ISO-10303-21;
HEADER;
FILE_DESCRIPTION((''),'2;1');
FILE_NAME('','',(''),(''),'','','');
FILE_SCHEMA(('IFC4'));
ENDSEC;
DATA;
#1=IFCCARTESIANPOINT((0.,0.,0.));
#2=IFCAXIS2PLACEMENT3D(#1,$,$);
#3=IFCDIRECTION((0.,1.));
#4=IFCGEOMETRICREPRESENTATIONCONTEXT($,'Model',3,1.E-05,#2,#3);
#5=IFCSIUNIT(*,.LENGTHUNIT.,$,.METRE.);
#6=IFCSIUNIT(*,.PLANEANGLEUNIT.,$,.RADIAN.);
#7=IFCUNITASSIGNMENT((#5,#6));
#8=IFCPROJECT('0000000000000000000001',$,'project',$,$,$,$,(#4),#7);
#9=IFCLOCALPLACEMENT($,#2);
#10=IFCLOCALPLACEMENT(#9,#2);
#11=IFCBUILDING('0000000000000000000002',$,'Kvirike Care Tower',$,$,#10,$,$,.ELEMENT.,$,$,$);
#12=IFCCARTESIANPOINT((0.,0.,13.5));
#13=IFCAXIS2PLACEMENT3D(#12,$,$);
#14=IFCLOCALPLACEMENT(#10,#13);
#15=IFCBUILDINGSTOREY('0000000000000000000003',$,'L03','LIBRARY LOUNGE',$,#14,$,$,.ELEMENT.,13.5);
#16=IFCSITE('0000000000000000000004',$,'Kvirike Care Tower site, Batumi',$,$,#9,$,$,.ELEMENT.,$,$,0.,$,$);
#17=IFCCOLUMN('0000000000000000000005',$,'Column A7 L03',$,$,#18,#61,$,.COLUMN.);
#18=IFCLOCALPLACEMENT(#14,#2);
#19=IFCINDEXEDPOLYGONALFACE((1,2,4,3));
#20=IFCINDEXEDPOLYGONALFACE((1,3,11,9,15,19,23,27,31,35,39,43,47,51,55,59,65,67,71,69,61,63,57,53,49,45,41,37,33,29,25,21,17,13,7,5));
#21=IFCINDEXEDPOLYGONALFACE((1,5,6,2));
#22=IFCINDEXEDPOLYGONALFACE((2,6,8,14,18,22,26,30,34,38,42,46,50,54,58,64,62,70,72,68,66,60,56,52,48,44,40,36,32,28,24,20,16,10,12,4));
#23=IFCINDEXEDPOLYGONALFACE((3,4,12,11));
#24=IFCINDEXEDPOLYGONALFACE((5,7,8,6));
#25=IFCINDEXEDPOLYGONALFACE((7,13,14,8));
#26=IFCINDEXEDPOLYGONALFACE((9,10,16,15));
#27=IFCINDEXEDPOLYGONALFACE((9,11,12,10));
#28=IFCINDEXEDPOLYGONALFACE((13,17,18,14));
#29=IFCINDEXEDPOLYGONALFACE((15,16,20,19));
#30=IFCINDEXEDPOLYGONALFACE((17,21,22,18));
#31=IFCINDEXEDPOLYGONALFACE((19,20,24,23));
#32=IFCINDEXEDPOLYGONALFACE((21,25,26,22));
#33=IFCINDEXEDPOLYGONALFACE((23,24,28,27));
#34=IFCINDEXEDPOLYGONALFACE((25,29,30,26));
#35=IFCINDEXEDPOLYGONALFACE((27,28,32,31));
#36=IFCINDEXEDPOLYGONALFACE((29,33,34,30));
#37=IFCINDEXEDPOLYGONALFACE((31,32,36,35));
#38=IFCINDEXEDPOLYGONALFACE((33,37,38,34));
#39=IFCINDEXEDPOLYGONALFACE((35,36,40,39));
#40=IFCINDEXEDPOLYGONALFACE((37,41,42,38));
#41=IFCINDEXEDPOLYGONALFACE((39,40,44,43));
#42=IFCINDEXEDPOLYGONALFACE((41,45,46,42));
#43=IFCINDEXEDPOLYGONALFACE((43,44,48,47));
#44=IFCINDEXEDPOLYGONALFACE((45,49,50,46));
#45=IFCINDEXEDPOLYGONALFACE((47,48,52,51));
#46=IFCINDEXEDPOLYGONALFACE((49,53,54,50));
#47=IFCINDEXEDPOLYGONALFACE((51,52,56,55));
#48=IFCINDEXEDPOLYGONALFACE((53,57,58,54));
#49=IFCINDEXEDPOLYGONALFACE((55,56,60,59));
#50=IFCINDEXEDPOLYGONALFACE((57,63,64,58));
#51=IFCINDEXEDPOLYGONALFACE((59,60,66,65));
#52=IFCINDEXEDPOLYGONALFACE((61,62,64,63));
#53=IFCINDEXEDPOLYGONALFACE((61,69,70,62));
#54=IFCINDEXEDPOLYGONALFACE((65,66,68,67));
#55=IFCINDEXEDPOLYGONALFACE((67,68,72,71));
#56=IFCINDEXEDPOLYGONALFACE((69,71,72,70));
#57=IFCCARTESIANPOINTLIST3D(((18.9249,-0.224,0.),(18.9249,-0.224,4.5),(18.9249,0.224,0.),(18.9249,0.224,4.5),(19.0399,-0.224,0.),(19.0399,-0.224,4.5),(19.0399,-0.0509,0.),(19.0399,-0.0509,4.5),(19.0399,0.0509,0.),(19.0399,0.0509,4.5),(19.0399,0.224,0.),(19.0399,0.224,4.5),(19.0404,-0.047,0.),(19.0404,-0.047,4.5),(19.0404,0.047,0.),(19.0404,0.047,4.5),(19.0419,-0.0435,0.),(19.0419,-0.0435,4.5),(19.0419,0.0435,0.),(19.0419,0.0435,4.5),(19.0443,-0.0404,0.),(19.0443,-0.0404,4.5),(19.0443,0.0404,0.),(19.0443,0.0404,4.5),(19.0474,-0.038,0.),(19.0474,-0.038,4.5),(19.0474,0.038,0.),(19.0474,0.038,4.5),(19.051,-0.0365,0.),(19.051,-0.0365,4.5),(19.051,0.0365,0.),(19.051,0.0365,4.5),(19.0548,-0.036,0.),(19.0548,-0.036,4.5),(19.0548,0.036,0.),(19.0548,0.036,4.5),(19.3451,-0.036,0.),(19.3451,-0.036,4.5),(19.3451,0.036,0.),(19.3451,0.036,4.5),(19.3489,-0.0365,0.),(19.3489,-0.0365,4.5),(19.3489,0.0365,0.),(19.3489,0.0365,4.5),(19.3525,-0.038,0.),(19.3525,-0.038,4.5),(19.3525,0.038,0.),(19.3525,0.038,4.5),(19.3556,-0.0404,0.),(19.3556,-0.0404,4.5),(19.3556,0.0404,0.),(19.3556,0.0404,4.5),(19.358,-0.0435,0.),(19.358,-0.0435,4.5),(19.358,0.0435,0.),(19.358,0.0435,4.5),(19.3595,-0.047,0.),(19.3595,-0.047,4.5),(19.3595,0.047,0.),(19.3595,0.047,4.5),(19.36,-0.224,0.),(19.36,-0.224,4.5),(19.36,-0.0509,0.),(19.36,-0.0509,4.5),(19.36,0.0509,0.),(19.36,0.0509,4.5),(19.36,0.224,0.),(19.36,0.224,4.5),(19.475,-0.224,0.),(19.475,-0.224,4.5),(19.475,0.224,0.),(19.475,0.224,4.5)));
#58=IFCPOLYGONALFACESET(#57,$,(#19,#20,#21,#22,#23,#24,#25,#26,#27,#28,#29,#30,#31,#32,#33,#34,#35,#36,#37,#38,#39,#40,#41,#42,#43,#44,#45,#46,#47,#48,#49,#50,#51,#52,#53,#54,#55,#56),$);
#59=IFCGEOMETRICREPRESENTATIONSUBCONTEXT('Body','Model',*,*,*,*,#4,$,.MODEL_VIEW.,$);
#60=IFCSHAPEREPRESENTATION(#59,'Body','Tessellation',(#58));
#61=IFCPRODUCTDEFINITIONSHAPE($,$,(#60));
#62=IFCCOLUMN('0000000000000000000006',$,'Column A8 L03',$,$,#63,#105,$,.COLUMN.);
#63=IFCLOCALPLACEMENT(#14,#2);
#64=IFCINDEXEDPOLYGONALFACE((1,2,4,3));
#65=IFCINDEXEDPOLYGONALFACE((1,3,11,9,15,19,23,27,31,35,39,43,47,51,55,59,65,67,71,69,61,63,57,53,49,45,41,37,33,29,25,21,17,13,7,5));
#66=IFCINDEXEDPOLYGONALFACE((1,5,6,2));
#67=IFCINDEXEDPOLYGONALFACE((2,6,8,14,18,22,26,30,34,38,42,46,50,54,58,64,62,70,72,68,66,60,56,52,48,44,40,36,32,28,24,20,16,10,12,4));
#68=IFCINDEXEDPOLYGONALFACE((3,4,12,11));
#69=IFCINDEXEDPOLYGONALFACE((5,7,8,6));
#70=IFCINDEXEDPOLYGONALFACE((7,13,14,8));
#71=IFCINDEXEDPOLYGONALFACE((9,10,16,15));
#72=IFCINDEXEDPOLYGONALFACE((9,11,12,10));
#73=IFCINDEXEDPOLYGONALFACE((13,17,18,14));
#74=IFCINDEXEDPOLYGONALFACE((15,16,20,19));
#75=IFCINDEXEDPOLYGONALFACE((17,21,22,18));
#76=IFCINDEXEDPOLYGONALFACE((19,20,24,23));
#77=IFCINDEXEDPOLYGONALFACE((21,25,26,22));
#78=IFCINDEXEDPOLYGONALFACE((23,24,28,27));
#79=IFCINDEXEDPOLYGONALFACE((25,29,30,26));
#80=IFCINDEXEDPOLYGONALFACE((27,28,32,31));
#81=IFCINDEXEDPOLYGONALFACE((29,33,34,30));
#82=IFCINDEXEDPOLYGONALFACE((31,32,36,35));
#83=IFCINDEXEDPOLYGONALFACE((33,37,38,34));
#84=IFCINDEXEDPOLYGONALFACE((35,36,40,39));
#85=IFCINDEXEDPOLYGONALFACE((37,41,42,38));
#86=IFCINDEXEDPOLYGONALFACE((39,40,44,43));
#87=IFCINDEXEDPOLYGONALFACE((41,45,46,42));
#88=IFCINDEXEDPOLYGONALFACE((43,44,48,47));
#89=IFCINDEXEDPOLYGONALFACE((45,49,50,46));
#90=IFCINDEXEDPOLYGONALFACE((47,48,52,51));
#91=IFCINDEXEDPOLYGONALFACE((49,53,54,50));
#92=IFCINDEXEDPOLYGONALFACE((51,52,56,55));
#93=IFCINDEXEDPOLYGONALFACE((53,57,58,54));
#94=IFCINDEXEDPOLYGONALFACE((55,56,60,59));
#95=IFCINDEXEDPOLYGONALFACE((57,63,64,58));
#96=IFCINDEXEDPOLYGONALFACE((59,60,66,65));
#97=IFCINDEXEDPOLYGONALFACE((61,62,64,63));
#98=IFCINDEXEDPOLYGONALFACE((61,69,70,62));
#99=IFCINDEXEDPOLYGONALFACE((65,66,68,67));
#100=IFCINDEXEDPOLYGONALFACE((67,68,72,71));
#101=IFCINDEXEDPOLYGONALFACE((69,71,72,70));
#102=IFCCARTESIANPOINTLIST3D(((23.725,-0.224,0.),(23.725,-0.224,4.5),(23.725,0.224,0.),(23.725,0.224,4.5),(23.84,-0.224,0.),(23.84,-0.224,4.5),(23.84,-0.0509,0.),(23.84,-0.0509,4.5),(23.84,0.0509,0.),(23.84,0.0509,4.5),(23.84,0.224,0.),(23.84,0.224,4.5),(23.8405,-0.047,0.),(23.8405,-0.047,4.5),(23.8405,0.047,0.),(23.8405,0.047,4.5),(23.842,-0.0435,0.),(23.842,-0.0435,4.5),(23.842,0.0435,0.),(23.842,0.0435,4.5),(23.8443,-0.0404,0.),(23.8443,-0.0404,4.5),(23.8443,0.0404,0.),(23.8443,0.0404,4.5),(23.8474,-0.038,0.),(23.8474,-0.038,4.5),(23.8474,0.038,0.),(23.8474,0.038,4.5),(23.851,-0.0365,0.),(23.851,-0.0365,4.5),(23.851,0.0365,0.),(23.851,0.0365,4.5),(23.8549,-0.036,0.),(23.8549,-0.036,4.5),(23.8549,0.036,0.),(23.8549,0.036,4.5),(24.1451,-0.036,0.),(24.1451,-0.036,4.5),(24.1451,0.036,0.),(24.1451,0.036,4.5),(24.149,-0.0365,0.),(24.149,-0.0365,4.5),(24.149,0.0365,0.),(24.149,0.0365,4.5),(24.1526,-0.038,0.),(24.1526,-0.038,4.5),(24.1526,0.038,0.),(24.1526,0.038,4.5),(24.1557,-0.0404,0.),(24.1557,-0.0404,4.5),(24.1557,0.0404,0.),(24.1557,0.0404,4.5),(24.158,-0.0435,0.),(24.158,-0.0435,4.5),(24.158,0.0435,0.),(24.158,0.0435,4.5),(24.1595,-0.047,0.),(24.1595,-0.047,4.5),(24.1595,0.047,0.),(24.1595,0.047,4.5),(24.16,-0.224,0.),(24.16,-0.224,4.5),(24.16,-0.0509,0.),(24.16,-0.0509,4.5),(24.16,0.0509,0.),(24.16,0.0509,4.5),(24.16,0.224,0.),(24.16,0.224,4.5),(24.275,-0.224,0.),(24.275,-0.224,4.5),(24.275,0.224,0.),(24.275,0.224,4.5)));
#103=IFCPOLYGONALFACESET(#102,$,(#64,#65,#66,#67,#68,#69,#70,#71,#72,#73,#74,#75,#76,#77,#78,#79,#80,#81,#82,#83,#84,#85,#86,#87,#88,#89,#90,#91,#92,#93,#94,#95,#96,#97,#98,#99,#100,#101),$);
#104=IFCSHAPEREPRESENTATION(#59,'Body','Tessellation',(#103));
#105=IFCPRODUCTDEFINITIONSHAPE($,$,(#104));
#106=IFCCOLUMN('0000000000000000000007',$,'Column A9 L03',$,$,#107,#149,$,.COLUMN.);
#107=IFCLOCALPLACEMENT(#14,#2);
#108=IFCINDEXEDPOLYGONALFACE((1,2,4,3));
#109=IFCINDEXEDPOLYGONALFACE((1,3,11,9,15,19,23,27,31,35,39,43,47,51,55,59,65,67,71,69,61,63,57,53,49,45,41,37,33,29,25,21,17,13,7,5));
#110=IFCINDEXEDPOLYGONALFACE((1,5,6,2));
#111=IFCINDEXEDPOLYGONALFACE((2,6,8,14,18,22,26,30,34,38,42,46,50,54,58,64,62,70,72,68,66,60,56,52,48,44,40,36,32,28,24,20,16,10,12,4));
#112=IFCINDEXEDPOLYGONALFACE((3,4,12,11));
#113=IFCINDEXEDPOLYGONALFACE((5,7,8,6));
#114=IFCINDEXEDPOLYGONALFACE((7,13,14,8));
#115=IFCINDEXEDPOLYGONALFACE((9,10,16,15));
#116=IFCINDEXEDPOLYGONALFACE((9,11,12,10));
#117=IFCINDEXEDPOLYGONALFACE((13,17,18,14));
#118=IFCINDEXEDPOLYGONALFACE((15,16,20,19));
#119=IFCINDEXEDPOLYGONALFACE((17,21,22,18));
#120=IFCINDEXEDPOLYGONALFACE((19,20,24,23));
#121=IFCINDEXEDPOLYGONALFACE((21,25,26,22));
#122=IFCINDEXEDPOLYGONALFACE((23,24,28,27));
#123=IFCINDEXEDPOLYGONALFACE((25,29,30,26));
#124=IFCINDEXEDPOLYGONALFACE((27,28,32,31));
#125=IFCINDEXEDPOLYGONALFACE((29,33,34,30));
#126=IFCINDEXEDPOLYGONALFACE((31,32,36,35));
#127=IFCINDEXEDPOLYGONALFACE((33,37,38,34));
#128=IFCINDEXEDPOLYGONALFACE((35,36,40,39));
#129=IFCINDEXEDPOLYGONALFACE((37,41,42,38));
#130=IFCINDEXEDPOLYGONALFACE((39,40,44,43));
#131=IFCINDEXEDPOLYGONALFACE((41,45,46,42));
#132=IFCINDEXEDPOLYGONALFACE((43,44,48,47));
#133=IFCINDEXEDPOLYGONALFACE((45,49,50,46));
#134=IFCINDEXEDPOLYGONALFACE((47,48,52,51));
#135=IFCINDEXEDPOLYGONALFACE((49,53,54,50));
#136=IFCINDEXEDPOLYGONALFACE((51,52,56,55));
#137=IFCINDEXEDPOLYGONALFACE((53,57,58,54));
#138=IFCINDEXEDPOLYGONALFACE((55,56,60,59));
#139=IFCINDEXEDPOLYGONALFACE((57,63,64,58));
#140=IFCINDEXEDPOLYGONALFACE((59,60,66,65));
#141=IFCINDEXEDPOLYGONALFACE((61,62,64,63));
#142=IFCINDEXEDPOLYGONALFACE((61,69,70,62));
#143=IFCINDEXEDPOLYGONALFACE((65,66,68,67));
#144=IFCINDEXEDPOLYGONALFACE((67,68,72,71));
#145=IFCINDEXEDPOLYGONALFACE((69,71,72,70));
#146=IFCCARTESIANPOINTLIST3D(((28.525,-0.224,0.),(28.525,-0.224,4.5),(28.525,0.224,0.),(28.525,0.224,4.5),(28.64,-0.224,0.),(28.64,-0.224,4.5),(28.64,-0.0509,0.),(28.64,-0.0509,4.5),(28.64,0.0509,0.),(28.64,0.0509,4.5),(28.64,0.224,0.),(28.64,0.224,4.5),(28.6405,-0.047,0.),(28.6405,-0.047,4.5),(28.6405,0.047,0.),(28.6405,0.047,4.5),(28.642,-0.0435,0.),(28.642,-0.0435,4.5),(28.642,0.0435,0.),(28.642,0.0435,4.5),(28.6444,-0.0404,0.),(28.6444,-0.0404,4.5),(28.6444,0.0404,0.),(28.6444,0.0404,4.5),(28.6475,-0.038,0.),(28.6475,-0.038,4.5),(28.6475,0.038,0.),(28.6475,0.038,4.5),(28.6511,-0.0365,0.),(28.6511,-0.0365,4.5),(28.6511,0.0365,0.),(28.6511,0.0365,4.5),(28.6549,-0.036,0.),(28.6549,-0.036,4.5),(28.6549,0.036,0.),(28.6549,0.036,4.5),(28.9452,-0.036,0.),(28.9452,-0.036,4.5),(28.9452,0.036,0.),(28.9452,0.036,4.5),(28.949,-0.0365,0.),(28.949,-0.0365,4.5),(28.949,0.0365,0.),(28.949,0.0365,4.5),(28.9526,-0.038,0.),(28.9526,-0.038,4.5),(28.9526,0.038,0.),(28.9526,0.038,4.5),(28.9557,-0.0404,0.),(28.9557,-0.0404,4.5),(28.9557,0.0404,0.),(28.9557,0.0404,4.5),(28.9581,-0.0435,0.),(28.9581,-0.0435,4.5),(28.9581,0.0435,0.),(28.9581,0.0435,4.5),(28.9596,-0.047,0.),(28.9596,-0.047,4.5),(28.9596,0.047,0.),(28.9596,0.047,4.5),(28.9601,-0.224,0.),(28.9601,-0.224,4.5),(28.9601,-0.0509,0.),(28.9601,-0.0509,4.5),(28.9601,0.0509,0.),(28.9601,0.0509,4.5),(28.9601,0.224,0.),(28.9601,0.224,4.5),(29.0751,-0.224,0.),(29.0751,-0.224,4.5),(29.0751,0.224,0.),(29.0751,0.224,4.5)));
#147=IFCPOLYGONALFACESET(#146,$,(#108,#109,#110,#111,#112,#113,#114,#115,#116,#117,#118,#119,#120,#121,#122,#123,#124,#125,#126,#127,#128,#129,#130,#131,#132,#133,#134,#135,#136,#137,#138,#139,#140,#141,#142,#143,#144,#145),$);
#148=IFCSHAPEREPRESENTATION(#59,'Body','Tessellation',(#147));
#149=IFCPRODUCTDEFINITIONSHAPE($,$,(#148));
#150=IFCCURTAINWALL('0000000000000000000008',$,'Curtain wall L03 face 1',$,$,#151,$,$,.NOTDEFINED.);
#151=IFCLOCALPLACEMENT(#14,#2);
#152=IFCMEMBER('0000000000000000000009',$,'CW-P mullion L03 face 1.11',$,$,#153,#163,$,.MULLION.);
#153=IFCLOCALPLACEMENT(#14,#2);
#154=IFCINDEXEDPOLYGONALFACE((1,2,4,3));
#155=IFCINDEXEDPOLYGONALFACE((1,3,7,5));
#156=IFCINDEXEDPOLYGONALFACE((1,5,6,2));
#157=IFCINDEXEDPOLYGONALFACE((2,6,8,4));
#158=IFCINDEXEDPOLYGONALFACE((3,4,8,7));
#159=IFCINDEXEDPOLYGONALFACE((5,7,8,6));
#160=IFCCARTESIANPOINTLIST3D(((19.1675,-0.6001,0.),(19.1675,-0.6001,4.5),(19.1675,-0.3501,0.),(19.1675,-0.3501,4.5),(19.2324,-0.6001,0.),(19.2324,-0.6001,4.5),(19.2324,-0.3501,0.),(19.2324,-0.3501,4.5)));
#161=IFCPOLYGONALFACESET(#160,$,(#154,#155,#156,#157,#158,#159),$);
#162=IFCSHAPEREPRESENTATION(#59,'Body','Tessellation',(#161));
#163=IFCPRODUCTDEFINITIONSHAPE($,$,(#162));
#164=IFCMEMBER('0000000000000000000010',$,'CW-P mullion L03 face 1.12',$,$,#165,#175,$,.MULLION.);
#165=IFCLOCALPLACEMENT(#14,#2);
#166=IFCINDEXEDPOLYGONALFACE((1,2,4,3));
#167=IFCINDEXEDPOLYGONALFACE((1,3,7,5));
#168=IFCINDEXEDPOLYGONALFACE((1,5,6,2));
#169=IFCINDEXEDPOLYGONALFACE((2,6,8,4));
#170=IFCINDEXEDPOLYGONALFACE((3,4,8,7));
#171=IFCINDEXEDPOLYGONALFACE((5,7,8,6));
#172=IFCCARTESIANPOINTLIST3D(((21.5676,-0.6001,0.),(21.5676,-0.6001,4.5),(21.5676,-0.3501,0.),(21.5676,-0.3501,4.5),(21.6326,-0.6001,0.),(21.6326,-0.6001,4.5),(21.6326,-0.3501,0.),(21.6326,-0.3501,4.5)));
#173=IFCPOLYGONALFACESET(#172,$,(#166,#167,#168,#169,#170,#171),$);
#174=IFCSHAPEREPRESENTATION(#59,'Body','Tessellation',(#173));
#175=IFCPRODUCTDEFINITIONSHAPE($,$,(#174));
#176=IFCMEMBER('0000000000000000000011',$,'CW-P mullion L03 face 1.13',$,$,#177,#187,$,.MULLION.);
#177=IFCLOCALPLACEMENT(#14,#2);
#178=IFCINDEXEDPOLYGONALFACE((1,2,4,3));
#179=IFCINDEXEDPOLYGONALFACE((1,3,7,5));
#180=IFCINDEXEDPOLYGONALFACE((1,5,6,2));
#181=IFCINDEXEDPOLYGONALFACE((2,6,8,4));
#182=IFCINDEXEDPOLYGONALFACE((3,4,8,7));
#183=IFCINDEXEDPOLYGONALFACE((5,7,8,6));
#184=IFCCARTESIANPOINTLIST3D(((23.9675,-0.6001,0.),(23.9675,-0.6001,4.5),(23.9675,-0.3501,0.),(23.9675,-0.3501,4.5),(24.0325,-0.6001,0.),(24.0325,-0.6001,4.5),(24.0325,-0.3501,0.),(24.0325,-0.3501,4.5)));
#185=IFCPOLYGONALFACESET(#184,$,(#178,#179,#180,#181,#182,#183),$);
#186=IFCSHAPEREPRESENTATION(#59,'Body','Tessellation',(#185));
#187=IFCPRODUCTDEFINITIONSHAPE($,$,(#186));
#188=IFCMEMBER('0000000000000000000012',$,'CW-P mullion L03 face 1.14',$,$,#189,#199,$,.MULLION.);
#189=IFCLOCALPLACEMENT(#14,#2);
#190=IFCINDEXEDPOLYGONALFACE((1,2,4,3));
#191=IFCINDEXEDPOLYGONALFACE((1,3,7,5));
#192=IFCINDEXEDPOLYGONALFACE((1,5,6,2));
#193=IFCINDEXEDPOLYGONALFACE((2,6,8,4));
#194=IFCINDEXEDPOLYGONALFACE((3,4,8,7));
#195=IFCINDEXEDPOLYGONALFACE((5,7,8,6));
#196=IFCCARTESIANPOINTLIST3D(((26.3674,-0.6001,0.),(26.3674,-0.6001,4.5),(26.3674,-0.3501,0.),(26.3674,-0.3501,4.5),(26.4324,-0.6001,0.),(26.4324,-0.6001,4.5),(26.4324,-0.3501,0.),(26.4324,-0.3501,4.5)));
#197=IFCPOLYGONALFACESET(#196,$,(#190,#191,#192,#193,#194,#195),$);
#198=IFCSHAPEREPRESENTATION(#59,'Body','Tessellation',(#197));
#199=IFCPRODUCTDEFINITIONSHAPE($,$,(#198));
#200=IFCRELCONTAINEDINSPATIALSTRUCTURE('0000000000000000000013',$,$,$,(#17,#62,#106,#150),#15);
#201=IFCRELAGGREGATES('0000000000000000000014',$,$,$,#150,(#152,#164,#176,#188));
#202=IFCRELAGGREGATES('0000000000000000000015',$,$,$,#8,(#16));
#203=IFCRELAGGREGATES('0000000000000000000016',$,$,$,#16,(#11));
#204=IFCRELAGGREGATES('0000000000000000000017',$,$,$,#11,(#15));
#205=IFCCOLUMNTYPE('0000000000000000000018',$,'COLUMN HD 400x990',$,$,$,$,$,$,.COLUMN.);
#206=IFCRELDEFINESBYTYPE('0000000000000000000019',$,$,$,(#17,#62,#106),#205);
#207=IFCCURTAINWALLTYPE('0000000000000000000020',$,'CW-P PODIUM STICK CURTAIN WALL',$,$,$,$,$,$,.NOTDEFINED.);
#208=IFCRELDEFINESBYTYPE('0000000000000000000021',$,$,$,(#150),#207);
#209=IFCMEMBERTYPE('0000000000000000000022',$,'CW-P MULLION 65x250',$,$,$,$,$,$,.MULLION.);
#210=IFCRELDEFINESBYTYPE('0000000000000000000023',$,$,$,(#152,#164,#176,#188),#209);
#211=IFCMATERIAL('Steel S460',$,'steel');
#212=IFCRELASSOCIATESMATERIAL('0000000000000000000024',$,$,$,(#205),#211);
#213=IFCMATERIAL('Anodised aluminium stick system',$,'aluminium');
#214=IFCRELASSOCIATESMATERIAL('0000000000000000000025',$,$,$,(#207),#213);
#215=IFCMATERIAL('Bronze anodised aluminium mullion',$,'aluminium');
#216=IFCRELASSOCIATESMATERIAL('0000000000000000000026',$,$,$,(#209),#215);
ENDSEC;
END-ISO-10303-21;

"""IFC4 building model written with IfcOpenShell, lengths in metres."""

from ifc_helpers import new_model, si_unit, direction, frame, origin, origin_2d, place, context, subcontext, project, spatial, rectangle, i_section, extrude, material, material_profile, profile_set, type_object, element, aggregate, save


model = new_model("IFC4")

# Units and contexts
model_context = context("Model", 3, precision=1e-05, world=origin(), true_north=direction((0.0, 1.0)))
body_context = subcontext(model_context, "Body", "Model", "MODEL_VIEW")
ifc_project = project(units=[si_unit("LENGTHUNIT", "METRE"), si_unit("PLANEANGLEUNIT", "RADIAN")], contexts=[model_context])

# Site, building, storey
site_placement = place(None, origin())
site = spatial("IfcSite", under=ifc_project, at=site_placement, Name="Kvirike Care Tower site, Batumi", CompositionType="ELEMENT", RefElevation=0.0)
building_placement = place(site_placement, origin())
building = spatial("IfcBuilding", under=site, at=building_placement, Name="Kvirike Care Tower", CompositionType="ELEMENT")
storey_placement = place(building_placement, frame((0.0, 0.0, 13.5)))
storey = spatial("IfcBuildingStorey", under=building, at=storey_placement, Name="L03", Description="LIBRARY LOUNGE", CompositionType="ELEMENT", Elevation=13.5)

# Columns
ifc_material_1 = material(Name="Steel S460", Category="steel")
ifc_material_profile_1 = material_profile(ifc_material_1, i_section(OverallWidth=0.448, OverallDepth=0.55, WebThickness=0.072, FlangeThickness=0.115, FilletRadius=0.0149, at=origin_2d()), Name="HD 400x990")
ifc_profile_set_1 = profile_set([ifc_material_profile_1], Name="Steel S460")
column_type = type_object("IfcColumnType", Name="COLUMN HD 400x990", PredefinedType="COLUMN", material=ifc_profile_set_1)
for number, where, z_axis, x_axis, name in (
    (1, (19.2, 0.0, 0.0), (0.0, 0.0, 1.0), (0.0, 1.0, 0.0), "Column A7 L03"),
    (2, (24.0, 0.0, 0.0), (0.0, 0.0, 1.0), (0.0, 1.0, 0.0), "Column A8 L03"),
    (3, (28.8, 0.0, 0.0), (0.0, 0.0, 1.0), (0.0, 1.0, 0.0), "Column A9 L03"),
):
    element("IfcColumn", number, at=place(storey_placement, frame(where, z_axis=z_axis, x_axis=x_axis)), inside=storey, type_object=column_type, Name=name, PredefinedType="COLUMN", context=body_context, shape_type="SweptSolid", body=[
        extrude(i_section(OverallWidth=0.448, OverallDepth=0.55, WebThickness=0.072, FlangeThickness=0.115, FilletRadius=0.0149, at=origin_2d()), origin(), (0.0, 0.0, 1.0), 4.5),
    ])

# Curtain wall, members
ifc_material_2 = material(Name="Anodised aluminium stick system", Category="aluminium")
curtain_wall_type = type_object("IfcCurtainWallType", Name="CW-P PODIUM STICK CURTAIN WALL", PredefinedType="NOTDEFINED", material=ifc_material_2)
curtain_wall_placement = place(storey_placement, origin())
curtain_wall = element("IfcCurtainWall", 4, at=curtain_wall_placement, inside=storey, type_object=curtain_wall_type, Name="Curtain wall L03 face 1", PredefinedType="NOTDEFINED")
ifc_material_3 = material(Name="Bronze anodised aluminium mullion", Category="aluminium")
ifc_material_profile_2 = material_profile(ifc_material_3, rectangle(XDim=0.0649, YDim=0.25, at=origin_2d()), Name="CW-P MULLION 65x250")
ifc_profile_set_2 = profile_set([ifc_material_profile_2], Name="Bronze anodised aluminium mullion")
member_type_1 = type_object("IfcMemberType", Name="CW-P MULLION 65x250", PredefinedType="MULLION", material=ifc_profile_set_2)
member_1_placement = place(storey_placement, frame((19.2, -0.4751, 0.0), z_axis=(0.0, 0.0, 1.0), x_axis=(1.0, 0.0, 0.0)))
member_1 = element("IfcMember", 5, at=member_1_placement, type_object=member_type_1, Name="CW-P mullion L03 face 1.11", PredefinedType="MULLION", context=body_context, shape_type="SweptSolid", body=[
    extrude(rectangle(XDim=0.0649, YDim=0.25, at=origin_2d()), origin(), (0.0, 0.0, 1.0), 4.5),
])
member_2_placement = place(storey_placement, frame((21.6001, -0.4751, 0.0), z_axis=(0.0, 0.0, 1.0), x_axis=(1.0, 0.0, 0.0)))
member_2 = element("IfcMember", 6, at=member_2_placement, type_object=member_type_1, Name="CW-P mullion L03 face 1.12", PredefinedType="MULLION", context=body_context, shape_type="SweptSolid", body=[
    extrude(rectangle(XDim=0.0649, YDim=0.25, at=origin_2d()), origin(), (0.0, 0.0, 1.0), 4.5),
])
member_3_placement = place(storey_placement, frame((24.0, -0.4751, 0.0), z_axis=(0.0, 0.0, 1.0), x_axis=(1.0, 0.0, 0.0)))
member_3 = element("IfcMember", 7, at=member_3_placement, type_object=member_type_1, Name="CW-P mullion L03 face 1.13", PredefinedType="MULLION", context=body_context, shape_type="SweptSolid", body=[
    extrude(rectangle(XDim=0.0649, YDim=0.25, at=origin_2d()), origin(), (0.0, 0.0, 1.0), 4.5),
])
member_4_placement = place(storey_placement, frame((26.3999, -0.4751, 0.0), z_axis=(0.0, 0.0, 1.0), x_axis=(1.0, 0.0, 0.0)))
member_4 = element("IfcMember", 8, at=member_4_placement, type_object=member_type_1, Name="CW-P mullion L03 face 1.14", PredefinedType="MULLION", context=body_context, shape_type="SweptSolid", body=[
    extrude(rectangle(XDim=0.0649, YDim=0.25, at=origin_2d()), origin(), (0.0, 0.0, 1.0), 4.5),
])

aggregate(curtain_wall, [member_1, member_2, member_3, member_4])

save(model, "model.ifc")
